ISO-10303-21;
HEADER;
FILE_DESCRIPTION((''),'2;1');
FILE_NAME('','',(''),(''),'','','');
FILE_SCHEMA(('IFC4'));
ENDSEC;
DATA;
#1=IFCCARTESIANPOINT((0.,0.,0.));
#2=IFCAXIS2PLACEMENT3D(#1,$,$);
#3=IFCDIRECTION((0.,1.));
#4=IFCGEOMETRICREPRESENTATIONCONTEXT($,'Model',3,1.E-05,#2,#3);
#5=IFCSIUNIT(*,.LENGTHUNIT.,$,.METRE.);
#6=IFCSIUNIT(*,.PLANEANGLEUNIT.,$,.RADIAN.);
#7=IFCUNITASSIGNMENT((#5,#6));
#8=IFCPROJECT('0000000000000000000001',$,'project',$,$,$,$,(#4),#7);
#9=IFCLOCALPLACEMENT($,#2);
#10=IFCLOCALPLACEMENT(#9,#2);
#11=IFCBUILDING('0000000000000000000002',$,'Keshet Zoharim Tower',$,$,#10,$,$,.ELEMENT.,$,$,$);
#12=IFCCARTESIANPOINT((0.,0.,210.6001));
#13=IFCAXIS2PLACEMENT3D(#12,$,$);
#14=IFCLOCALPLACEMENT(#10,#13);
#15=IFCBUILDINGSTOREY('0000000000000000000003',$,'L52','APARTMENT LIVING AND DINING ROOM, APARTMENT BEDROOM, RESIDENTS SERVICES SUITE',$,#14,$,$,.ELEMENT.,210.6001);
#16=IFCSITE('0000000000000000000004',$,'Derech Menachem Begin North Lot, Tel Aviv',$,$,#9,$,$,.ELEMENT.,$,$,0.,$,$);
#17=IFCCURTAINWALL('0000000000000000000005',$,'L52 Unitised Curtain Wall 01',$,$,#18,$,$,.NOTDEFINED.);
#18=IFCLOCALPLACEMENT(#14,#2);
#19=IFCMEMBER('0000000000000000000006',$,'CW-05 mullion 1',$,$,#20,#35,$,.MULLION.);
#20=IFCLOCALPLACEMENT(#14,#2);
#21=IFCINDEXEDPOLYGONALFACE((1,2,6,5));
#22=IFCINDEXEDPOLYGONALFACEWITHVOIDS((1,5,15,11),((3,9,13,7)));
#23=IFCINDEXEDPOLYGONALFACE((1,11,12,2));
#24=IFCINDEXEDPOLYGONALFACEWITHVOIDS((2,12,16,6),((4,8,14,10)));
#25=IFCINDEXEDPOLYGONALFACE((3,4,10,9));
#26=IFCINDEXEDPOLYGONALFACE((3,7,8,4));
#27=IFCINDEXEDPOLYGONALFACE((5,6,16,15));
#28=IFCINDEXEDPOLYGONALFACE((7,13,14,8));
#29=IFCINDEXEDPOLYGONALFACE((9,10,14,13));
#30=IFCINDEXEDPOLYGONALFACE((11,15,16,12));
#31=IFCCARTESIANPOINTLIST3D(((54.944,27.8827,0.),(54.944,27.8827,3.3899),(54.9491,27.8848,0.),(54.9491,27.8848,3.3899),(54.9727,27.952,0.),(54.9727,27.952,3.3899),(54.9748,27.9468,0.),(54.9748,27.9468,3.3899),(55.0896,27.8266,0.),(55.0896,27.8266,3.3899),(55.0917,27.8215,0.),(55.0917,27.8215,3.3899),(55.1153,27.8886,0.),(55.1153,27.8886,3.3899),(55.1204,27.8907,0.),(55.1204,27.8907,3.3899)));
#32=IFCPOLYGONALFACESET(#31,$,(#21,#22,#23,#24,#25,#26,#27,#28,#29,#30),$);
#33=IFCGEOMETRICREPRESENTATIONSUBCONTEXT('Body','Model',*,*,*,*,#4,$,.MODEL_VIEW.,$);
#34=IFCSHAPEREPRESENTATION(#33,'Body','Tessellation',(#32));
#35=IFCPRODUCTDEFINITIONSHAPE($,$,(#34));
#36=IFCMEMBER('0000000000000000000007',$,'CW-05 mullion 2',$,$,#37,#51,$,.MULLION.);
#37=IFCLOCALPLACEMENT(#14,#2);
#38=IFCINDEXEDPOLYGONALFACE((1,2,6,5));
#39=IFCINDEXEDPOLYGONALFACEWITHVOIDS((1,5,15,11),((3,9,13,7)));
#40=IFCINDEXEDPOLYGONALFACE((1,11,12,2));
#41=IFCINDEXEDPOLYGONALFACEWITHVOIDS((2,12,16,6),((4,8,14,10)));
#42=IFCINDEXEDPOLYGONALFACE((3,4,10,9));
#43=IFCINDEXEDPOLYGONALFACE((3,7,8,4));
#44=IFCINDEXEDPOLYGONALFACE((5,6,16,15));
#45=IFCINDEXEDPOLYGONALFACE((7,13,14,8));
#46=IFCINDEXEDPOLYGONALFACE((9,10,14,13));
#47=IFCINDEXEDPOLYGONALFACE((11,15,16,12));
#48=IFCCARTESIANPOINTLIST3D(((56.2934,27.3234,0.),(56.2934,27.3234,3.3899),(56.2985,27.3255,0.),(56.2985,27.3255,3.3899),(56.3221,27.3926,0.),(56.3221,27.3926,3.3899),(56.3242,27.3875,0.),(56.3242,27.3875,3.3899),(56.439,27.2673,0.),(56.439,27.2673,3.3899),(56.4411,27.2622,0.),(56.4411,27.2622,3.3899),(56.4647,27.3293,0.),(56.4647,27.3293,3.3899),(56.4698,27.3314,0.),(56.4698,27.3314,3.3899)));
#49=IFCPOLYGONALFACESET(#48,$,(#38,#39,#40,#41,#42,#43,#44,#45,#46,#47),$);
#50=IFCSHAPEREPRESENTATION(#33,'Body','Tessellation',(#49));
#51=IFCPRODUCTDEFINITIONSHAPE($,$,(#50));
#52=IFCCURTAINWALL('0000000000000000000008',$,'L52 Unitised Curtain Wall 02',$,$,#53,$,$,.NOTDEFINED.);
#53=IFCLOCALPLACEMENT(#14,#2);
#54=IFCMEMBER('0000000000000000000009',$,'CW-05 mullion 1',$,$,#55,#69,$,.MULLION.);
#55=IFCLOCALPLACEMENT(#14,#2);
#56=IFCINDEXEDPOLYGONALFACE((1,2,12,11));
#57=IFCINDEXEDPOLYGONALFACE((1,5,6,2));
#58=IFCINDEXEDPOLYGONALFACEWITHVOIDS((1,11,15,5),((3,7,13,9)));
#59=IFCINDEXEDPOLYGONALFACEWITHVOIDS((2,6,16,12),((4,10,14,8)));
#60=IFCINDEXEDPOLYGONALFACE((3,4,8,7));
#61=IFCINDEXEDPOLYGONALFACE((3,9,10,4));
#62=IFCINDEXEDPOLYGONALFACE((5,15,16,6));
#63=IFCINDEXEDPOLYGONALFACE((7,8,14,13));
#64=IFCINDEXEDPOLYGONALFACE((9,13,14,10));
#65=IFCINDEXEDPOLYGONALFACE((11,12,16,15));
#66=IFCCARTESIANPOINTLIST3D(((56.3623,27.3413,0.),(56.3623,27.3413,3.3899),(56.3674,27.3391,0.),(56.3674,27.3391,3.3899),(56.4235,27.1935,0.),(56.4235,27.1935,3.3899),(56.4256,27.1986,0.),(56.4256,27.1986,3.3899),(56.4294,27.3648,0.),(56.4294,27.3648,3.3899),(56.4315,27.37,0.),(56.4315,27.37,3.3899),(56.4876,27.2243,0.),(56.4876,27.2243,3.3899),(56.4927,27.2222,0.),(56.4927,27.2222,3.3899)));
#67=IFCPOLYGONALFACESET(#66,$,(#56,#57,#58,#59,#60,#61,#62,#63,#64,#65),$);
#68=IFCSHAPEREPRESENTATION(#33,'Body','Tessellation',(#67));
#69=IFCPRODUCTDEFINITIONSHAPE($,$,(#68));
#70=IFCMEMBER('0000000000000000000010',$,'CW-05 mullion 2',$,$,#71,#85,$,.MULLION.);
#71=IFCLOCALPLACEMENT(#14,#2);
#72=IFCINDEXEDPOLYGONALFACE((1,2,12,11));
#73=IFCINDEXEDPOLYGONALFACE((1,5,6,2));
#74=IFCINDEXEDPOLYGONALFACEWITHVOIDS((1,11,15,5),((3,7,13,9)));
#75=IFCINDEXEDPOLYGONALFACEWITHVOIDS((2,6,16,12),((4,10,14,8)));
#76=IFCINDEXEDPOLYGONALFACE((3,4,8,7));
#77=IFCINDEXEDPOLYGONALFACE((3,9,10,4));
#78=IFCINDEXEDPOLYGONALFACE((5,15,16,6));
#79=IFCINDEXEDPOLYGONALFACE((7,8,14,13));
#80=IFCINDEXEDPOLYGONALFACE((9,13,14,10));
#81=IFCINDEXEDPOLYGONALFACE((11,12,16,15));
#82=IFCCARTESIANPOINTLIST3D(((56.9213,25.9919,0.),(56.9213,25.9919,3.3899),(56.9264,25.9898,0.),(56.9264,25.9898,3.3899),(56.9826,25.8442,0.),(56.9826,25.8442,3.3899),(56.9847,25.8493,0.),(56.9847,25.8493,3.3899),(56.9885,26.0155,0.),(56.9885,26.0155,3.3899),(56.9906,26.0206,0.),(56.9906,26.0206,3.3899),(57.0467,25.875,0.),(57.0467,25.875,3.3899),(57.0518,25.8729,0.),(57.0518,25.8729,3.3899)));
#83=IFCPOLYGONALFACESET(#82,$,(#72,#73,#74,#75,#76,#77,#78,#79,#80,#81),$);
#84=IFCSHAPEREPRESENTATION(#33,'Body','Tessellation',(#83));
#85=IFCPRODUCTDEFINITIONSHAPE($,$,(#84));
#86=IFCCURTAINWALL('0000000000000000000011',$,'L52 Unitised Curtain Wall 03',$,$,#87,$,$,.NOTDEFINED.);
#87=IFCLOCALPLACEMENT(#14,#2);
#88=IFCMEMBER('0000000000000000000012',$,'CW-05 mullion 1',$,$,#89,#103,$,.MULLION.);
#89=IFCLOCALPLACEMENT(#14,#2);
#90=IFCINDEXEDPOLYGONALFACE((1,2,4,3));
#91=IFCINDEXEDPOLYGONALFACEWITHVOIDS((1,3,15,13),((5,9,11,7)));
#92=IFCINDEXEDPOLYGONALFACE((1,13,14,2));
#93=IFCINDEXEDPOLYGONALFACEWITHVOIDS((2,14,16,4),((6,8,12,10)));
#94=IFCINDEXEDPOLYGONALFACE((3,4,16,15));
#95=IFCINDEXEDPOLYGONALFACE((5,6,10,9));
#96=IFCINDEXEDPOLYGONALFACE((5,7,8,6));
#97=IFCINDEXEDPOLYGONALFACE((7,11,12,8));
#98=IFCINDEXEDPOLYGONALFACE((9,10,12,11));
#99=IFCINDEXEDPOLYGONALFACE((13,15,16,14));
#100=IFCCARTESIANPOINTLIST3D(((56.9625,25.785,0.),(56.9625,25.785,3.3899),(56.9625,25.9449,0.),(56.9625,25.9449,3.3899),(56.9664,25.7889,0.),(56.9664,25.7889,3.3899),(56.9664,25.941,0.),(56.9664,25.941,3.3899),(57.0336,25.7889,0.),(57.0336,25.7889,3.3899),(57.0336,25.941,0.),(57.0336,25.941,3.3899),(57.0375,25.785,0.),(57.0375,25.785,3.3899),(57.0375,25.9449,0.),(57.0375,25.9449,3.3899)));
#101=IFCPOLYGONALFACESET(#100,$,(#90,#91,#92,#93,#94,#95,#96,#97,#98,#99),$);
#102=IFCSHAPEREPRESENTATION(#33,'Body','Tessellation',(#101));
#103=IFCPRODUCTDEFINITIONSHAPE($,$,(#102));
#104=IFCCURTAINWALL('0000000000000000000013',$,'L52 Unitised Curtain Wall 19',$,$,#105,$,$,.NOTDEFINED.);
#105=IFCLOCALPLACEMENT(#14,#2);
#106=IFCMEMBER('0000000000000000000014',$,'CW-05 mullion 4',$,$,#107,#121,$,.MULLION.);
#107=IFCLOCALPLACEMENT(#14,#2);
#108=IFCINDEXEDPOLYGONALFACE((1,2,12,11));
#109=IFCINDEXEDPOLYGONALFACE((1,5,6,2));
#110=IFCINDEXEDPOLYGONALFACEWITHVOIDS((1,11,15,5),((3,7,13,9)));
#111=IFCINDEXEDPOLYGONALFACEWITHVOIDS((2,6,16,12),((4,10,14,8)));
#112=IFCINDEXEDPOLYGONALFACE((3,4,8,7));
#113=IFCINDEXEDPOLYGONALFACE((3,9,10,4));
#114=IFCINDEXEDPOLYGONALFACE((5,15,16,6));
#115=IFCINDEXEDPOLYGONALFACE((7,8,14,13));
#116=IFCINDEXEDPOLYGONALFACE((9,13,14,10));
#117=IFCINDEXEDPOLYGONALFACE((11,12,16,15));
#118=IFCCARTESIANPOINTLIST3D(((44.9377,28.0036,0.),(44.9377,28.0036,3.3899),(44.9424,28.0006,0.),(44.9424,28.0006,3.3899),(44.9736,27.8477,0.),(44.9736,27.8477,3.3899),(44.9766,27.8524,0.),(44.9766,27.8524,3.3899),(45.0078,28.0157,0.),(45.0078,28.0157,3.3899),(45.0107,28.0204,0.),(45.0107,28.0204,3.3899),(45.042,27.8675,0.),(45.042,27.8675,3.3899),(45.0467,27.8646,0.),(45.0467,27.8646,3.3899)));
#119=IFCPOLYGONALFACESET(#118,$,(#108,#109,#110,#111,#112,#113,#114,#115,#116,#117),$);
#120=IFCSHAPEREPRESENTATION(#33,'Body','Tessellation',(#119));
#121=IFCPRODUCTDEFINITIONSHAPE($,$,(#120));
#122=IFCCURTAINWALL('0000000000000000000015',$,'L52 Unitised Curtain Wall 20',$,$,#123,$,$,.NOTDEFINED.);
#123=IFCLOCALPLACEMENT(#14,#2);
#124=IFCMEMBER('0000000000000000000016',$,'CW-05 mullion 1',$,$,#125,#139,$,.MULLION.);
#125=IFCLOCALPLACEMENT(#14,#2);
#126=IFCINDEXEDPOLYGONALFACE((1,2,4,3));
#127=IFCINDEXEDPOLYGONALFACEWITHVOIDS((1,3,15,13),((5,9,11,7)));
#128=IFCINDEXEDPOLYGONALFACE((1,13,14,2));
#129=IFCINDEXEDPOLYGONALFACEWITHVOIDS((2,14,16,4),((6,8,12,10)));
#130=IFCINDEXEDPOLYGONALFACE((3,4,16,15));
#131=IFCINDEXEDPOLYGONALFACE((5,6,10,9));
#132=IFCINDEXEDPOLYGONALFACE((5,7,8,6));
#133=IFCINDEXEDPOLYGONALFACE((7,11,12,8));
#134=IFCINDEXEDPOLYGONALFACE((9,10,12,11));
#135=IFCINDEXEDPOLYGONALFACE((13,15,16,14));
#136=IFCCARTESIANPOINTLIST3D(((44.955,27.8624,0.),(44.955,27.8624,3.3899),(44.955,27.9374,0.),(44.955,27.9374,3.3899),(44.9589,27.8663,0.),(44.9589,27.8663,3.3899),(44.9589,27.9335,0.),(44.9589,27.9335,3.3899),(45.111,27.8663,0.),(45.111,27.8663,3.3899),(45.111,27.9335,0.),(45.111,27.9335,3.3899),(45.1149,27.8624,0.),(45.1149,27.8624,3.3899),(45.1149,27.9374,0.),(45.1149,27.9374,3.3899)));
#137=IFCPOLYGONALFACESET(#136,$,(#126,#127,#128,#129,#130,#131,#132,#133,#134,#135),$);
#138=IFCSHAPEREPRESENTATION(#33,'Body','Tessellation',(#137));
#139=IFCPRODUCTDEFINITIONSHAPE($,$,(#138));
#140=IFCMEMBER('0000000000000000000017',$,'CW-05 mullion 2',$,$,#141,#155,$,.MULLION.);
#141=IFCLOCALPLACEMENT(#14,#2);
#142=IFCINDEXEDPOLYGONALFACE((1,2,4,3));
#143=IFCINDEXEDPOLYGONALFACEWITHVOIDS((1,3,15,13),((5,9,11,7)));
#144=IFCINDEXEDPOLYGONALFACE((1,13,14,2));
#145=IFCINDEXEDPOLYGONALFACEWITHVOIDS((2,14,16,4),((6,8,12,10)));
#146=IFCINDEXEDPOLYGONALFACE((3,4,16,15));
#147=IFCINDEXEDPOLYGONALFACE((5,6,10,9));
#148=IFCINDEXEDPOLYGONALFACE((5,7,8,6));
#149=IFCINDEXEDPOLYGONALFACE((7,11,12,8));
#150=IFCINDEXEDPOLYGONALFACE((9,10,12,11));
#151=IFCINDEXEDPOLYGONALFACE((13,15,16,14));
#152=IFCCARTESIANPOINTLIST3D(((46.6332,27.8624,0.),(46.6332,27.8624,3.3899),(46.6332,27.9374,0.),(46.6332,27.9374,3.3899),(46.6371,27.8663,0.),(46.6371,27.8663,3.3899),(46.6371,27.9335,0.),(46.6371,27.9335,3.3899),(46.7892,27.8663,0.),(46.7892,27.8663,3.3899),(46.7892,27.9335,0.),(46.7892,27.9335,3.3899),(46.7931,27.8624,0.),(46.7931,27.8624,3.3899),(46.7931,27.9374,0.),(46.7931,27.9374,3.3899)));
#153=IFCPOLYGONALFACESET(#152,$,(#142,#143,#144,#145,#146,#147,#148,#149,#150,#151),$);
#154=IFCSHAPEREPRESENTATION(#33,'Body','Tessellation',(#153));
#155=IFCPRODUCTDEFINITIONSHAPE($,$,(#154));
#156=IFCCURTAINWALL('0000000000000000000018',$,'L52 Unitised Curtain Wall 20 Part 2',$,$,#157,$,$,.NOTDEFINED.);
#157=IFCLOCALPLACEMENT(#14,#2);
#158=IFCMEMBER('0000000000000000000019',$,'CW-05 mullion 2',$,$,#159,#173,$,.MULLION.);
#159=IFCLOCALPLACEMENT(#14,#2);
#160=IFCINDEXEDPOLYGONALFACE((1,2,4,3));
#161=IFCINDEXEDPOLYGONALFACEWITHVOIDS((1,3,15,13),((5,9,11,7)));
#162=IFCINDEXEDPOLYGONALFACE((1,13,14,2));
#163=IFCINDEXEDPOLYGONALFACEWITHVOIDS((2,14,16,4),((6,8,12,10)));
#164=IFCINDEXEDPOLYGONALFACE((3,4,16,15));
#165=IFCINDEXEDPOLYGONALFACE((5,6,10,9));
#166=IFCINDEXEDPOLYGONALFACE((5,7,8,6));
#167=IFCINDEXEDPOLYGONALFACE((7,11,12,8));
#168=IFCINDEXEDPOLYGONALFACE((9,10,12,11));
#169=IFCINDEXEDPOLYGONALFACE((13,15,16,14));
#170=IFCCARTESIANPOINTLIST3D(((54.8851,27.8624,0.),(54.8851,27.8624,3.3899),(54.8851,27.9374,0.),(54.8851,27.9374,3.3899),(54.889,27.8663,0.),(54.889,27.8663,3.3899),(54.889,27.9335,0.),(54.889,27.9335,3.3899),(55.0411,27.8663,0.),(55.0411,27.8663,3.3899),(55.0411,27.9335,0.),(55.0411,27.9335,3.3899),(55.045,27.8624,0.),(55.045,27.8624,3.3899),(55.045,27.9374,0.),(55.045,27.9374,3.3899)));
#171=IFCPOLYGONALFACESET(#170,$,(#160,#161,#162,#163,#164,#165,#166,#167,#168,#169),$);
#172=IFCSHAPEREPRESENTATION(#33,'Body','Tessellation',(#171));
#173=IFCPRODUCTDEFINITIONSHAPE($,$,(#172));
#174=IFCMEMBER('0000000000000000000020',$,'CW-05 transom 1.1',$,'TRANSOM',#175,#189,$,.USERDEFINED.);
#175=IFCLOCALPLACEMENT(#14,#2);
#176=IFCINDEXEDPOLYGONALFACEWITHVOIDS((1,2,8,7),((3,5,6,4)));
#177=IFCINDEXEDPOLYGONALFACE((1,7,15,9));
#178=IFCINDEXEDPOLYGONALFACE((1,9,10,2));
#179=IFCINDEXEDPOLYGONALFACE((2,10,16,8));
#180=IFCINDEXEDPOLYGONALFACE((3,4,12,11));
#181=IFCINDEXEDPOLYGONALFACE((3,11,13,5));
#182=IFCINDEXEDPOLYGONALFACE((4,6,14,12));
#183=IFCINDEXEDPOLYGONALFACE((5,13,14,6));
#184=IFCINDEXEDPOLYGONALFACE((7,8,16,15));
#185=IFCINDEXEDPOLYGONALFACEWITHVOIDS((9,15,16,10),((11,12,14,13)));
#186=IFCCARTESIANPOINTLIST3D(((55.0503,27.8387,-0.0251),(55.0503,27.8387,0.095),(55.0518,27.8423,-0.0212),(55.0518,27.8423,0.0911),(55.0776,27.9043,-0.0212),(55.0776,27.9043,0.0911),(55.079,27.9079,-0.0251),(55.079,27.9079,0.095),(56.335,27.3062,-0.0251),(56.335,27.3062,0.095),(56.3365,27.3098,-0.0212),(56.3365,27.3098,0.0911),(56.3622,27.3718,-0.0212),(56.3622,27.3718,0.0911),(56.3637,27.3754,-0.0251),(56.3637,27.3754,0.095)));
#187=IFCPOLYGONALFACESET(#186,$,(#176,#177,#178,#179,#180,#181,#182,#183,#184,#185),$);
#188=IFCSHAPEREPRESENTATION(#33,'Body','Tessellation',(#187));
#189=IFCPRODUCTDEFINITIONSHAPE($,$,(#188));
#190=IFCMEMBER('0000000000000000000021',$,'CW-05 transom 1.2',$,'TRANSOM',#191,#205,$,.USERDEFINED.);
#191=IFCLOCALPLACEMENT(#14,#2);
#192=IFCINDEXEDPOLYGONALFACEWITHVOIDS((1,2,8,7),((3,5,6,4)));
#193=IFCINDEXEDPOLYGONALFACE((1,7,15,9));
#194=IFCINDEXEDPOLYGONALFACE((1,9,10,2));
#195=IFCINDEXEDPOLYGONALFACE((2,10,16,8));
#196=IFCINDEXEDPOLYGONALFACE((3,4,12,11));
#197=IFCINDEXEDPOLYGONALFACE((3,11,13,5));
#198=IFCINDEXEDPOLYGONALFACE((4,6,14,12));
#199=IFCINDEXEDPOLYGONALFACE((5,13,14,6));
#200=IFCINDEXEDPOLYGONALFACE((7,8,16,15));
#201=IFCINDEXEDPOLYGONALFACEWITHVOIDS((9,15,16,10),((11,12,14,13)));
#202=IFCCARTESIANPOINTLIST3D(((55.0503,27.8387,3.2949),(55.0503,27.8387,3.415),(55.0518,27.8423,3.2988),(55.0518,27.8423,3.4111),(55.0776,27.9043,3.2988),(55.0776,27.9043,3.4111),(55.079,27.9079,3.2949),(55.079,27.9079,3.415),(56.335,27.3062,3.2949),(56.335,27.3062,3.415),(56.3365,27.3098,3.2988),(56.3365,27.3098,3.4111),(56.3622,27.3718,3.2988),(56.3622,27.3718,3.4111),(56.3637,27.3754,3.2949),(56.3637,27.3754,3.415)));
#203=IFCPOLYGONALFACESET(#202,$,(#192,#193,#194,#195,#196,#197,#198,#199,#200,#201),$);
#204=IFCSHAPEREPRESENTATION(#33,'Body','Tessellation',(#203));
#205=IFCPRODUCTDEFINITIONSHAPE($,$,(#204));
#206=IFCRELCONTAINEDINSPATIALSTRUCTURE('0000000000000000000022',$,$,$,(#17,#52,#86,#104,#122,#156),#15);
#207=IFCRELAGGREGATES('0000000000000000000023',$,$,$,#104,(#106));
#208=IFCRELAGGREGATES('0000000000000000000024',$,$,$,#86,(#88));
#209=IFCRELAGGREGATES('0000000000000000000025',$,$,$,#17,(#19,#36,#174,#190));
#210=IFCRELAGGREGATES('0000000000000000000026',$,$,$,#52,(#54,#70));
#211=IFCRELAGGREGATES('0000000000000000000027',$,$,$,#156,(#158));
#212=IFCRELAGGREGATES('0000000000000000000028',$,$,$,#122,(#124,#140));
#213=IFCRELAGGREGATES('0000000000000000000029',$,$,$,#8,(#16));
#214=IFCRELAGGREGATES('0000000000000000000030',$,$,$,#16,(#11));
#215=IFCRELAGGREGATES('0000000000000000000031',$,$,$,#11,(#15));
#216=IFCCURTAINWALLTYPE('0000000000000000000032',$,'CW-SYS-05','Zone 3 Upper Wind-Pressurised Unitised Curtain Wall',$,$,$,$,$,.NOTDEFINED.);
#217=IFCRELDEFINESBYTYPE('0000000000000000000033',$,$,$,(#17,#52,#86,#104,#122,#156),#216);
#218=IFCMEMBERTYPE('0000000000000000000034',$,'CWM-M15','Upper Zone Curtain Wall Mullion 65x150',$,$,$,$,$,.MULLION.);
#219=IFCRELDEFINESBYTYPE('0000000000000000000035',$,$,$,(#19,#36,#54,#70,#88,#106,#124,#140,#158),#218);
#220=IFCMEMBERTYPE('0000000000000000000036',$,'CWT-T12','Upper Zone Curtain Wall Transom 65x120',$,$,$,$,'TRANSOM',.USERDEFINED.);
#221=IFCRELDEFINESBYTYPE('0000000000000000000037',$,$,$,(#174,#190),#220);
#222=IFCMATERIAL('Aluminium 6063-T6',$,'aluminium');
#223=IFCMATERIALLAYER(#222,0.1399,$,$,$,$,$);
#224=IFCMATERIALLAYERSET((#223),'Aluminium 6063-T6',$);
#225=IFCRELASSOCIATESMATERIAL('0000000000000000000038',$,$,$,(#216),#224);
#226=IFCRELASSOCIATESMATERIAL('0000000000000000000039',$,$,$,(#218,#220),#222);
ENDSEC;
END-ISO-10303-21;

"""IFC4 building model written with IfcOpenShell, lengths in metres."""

from ifc_helpers import new_model, si_unit, direction, frame, origin, origin_2d, place, context, subcontext, project, spatial, hollow_rectangle, extrude, material, layer, layer_set, material_profile, profile_set, type_object, element, aggregate, save


model = new_model("IFC4")

# Units and contexts
model_context = context("Model", 3, precision=1e-05, world=origin(), true_north=direction((0.0, 1.0)))
body_context = subcontext(model_context, "Body", "Model", "MODEL_VIEW")
ifc_project = project(units=[si_unit("LENGTHUNIT", "METRE"), si_unit("PLANEANGLEUNIT", "RADIAN")], contexts=[model_context])

# Site, building, storey
site_placement = place(None, origin())
site = spatial("IfcSite", under=ifc_project, at=site_placement, Name="Derech Menachem Begin North Lot, Tel Aviv", CompositionType="ELEMENT", RefElevation=0.0)
building_placement = place(site_placement, origin())
building = spatial("IfcBuilding", under=site, at=building_placement, Name="Keshet Zoharim Tower", CompositionType="ELEMENT")
storey_placement = place(building_placement, frame((0.0, 0.0, 210.6001)))
storey = spatial("IfcBuildingStorey", under=building, at=storey_placement, Name="L52", Description="APARTMENT LIVING AND DINING ROOM, APARTMENT BEDROOM, RESIDENTS SERVICES SUITE", CompositionType="ELEMENT", Elevation=210.6001)

# Curtain walls, members
ifc_material_1 = material(Name="Aluminium 6063-T6", Category="aluminium")
ifc_layer_1 = layer(ifc_material_1, 0.1399)
ifc_layer_set_1 = layer_set([ifc_layer_1], Name="Aluminium 6063-T6")
curtain_wall_type = type_object("IfcCurtainWallType", Name="CW-SYS-05", Description="Zone 3 Upper Wind-Pressurised Unitised Curtain Wall", PredefinedType="NOTDEFINED", material=ifc_layer_set_1)
curtain_wall_1_placement = place(storey_placement, origin())
curtain_wall_1 = element("IfcCurtainWall", 1, at=curtain_wall_1_placement, inside=storey, type_object=curtain_wall_type, Name="L52 Unitised Curtain Wall 01", PredefinedType="NOTDEFINED")
ifc_material_profile_1 = material_profile(ifc_material_1, hollow_rectangle(XDim=0.075, YDim=0.1599, WallThickness=0.0039, at=origin_2d()), Name="MUL-75x160")
ifc_profile_set_1 = profile_set([ifc_material_profile_1], Name="Aluminium 6063-T6")
member_type_1 = type_object("IfcMemberType", Name="CWM-M15", Description="Upper Zone Curtain Wall Mullion 65x150", PredefinedType="MULLION", material=ifc_profile_set_1)
member_1_placement = place(storey_placement, frame((55.0322, 27.8867, 0.0), z_axis=(0.0, 0.0, 1.0), x_axis=(0.382852, 0.92381, 0.0)))
member_1 = element("IfcMember", 2, at=member_1_placement, type_object=member_type_1, Name="CW-05 mullion 1", PredefinedType="MULLION", context=body_context, shape_type="SweptSolid", body=[
    extrude(hollow_rectangle(XDim=0.075, YDim=0.1599, WallThickness=0.0039, at=origin_2d()), origin(), (0.0, 0.0, 1.0), 3.3899),
])
member_2_placement = place(storey_placement, frame((56.3816, 27.3274, 0.0), z_axis=(0.0, 0.0, 1.0), x_axis=(0.382852, 0.92381, 0.0)))
member_2 = element("IfcMember", 3, at=member_2_placement, type_object=member_type_1, Name="CW-05 mullion 2", PredefinedType="MULLION", context=body_context, shape_type="SweptSolid", body=[
    extrude(hollow_rectangle(XDim=0.075, YDim=0.1599, WallThickness=0.0039, at=origin_2d()), origin(), (0.0, 0.0, 1.0), 3.3899),
])
curtain_wall_2_placement = place(storey_placement, origin())
curtain_wall_2 = element("IfcCurtainWall", 4, at=curtain_wall_2_placement, inside=storey, type_object=curtain_wall_type, Name="L52 Unitised Curtain Wall 02", PredefinedType="NOTDEFINED")
member_3_placement = place(storey_placement, frame((56.4275, 27.2817, 0.0), z_axis=(0.0, 0.0, 1.0), x_axis=(0.92381, 0.382852, 0.0)))
member_3 = element("IfcMember", 5, at=member_3_placement, type_object=member_type_1, Name="CW-05 mullion 1", PredefinedType="MULLION", context=body_context, shape_type="SweptSolid", body=[
    extrude(hollow_rectangle(XDim=0.075, YDim=0.1599, WallThickness=0.0039, at=origin_2d()), origin(), (0.0, 0.0, 1.0), 3.3899),
])
member_4_placement = place(storey_placement, frame((56.9866, 25.9324, 0.0), z_axis=(0.0, 0.0, 1.0), x_axis=(0.92381, 0.382852, 0.0)))
member_4 = element("IfcMember", 6, at=member_4_placement, type_object=member_type_1, Name="CW-05 mullion 2", PredefinedType="MULLION", context=body_context, shape_type="SweptSolid", body=[
    extrude(hollow_rectangle(XDim=0.075, YDim=0.1599, WallThickness=0.0039, at=origin_2d()), origin(), (0.0, 0.0, 1.0), 3.3899),
])

# Curtain walls, members
curtain_wall_3_placement = place(storey_placement, origin())
curtain_wall_3 = element("IfcCurtainWall", 7, at=curtain_wall_3_placement, inside=storey, type_object=curtain_wall_type, Name="L52 Unitised Curtain Wall 03", PredefinedType="NOTDEFINED")
member_5_placement = place(storey_placement, frame((57.0, 25.865, 0.0), z_axis=(0.0, 0.0, 1.0), x_axis=(1.0, 0.0, 0.0)))
member_5 = element("IfcMember", 8, at=member_5_placement, type_object=member_type_1, Name="CW-05 mullion 1", PredefinedType="MULLION", context=body_context, shape_type="SweptSolid", body=[
    extrude(hollow_rectangle(XDim=0.075, YDim=0.1599, WallThickness=0.0039, at=origin_2d()), origin(), (0.0, 0.0, 1.0), 3.3899),
])
curtain_wall_4_placement = place(storey_placement, origin())
curtain_wall_4 = element("IfcCurtainWall", 9, at=curtain_wall_4_placement, inside=storey, type_object=curtain_wall_type, Name="L52 Unitised Curtain Wall 19", PredefinedType="NOTDEFINED")
member_6_placement = place(storey_placement, frame((44.9922, 27.9341, 0.0), z_axis=(0.0, 0.0, 1.0), x_axis=(0.974394, 0.224848, 0.0)))
member_6 = element("IfcMember", 10, at=member_6_placement, type_object=member_type_1, Name="CW-05 mullion 4", PredefinedType="MULLION", context=body_context, shape_type="SweptSolid", body=[
    extrude(hollow_rectangle(XDim=0.075, YDim=0.1599, WallThickness=0.0039, at=origin_2d()), origin(), (0.0, 0.0, 1.0), 3.3899),
])
aggregate(curtain_wall_4, [member_6])

# Curtain wall, members
curtain_wall_5_placement = place(storey_placement, origin())
curtain_wall_5 = element("IfcCurtainWall", 11, at=curtain_wall_5_placement, inside=storey, type_object=curtain_wall_type, Name="L52 Unitised Curtain Wall 20", PredefinedType="NOTDEFINED")
member_7_placement = place(storey_placement, frame((45.0349, 27.8999, 0.0), z_axis=(0.0, 0.0, 1.0), x_axis=(0.0, 1.0, 0.0)))
member_7 = element("IfcMember", 12, at=member_7_placement, type_object=member_type_1, Name="CW-05 mullion 1", PredefinedType="MULLION", context=body_context, shape_type="SweptSolid", body=[
    extrude(hollow_rectangle(XDim=0.075, YDim=0.1599, WallThickness=0.0039, at=origin_2d()), origin(), (0.0, 0.0, 1.0), 3.3899),
])
member_8_placement = place(storey_placement, frame((46.7131, 27.8999, 0.0), z_axis=(0.0, 0.0, 1.0), x_axis=(0.0, 1.0, 0.0)))
member_8 = element("IfcMember", 13, at=member_8_placement, type_object=member_type_1, Name="CW-05 mullion 2", PredefinedType="MULLION", context=body_context, shape_type="SweptSolid", body=[
    extrude(hollow_rectangle(XDim=0.075, YDim=0.1599, WallThickness=0.0039, at=origin_2d()), origin(), (0.0, 0.0, 1.0), 3.3899),
])

# Curtain wall, member
curtain_wall_6_placement = place(storey_placement, origin())
curtain_wall_6 = element("IfcCurtainWall", 14, at=curtain_wall_6_placement, inside=storey, type_object=curtain_wall_type, Name="L52 Unitised Curtain Wall 20 Part 2", PredefinedType="NOTDEFINED")
member_9_placement = place(storey_placement, frame((54.9651, 27.8999, 0.0), z_axis=(0.0, 0.0, 1.0), x_axis=(0.0, 1.0, 0.0)))
member_9 = element("IfcMember", 15, at=member_9_placement, type_object=member_type_1, Name="CW-05 mullion 2", PredefinedType="MULLION", context=body_context, shape_type="SweptSolid", body=[
    extrude(hollow_rectangle(XDim=0.075, YDim=0.1599, WallThickness=0.0039, at=origin_2d()), origin(), (0.0, 0.0, 1.0), 3.3899),
])

# Members
ifc_material_profile_2 = material_profile(ifc_material_1, hollow_rectangle(XDim=0.075, YDim=0.1201, WallThickness=0.0039, at=origin_2d()), Name="TRN-75x120")
ifc_profile_set_2 = profile_set([ifc_material_profile_2], Name="Aluminium 6063-T6")
member_type_2 = type_object("IfcMemberType", Name="CWT-T12", Description="Upper Zone Curtain Wall Transom 65x120", ElementType="TRANSOM", PredefinedType="USERDEFINED", material=ifc_profile_set_2)
member_10_placement = place(storey_placement, frame((55.0647, 27.8733, 0.0349), z_axis=(0.923792, -0.382894, 0.0), x_axis=(0.382894, 0.923792, 0.0)))
member_10 = element("IfcMember", 16, at=member_10_placement, type_object=member_type_2, Name="CW-05 transom 1.1", ObjectType="TRANSOM", PredefinedType="USERDEFINED", context=body_context, shape_type="SweptSolid", body=[
    extrude(hollow_rectangle(XDim=0.075, YDim=0.1201, WallThickness=0.0039, at=origin_2d()), origin(), (0.0, 0.0, 1.0), 1.3906),
])
member_11_placement = place(storey_placement, frame((55.0647, 27.8733, 3.355), z_axis=(0.923792, -0.382894, 0.0), x_axis=(0.382894, 0.923792, 0.0)))
member_11 = element("IfcMember", 17, at=member_11_placement, type_object=member_type_2, Name="CW-05 transom 1.2", ObjectType="TRANSOM", PredefinedType="USERDEFINED", context=body_context, shape_type="SweptSolid", body=[
    extrude(hollow_rectangle(XDim=0.075, YDim=0.1201, WallThickness=0.0039, at=origin_2d()), origin(), (0.0, 0.0, 1.0), 1.3906),
])
aggregate(curtain_wall_3, [member_5])

aggregate(curtain_wall_1, [member_1, member_2, member_10, member_11])
aggregate(curtain_wall_2, [member_3, member_4])
aggregate(curtain_wall_6, [member_9])
aggregate(curtain_wall_5, [member_7, member_8])

save(model, "model.ifc")
